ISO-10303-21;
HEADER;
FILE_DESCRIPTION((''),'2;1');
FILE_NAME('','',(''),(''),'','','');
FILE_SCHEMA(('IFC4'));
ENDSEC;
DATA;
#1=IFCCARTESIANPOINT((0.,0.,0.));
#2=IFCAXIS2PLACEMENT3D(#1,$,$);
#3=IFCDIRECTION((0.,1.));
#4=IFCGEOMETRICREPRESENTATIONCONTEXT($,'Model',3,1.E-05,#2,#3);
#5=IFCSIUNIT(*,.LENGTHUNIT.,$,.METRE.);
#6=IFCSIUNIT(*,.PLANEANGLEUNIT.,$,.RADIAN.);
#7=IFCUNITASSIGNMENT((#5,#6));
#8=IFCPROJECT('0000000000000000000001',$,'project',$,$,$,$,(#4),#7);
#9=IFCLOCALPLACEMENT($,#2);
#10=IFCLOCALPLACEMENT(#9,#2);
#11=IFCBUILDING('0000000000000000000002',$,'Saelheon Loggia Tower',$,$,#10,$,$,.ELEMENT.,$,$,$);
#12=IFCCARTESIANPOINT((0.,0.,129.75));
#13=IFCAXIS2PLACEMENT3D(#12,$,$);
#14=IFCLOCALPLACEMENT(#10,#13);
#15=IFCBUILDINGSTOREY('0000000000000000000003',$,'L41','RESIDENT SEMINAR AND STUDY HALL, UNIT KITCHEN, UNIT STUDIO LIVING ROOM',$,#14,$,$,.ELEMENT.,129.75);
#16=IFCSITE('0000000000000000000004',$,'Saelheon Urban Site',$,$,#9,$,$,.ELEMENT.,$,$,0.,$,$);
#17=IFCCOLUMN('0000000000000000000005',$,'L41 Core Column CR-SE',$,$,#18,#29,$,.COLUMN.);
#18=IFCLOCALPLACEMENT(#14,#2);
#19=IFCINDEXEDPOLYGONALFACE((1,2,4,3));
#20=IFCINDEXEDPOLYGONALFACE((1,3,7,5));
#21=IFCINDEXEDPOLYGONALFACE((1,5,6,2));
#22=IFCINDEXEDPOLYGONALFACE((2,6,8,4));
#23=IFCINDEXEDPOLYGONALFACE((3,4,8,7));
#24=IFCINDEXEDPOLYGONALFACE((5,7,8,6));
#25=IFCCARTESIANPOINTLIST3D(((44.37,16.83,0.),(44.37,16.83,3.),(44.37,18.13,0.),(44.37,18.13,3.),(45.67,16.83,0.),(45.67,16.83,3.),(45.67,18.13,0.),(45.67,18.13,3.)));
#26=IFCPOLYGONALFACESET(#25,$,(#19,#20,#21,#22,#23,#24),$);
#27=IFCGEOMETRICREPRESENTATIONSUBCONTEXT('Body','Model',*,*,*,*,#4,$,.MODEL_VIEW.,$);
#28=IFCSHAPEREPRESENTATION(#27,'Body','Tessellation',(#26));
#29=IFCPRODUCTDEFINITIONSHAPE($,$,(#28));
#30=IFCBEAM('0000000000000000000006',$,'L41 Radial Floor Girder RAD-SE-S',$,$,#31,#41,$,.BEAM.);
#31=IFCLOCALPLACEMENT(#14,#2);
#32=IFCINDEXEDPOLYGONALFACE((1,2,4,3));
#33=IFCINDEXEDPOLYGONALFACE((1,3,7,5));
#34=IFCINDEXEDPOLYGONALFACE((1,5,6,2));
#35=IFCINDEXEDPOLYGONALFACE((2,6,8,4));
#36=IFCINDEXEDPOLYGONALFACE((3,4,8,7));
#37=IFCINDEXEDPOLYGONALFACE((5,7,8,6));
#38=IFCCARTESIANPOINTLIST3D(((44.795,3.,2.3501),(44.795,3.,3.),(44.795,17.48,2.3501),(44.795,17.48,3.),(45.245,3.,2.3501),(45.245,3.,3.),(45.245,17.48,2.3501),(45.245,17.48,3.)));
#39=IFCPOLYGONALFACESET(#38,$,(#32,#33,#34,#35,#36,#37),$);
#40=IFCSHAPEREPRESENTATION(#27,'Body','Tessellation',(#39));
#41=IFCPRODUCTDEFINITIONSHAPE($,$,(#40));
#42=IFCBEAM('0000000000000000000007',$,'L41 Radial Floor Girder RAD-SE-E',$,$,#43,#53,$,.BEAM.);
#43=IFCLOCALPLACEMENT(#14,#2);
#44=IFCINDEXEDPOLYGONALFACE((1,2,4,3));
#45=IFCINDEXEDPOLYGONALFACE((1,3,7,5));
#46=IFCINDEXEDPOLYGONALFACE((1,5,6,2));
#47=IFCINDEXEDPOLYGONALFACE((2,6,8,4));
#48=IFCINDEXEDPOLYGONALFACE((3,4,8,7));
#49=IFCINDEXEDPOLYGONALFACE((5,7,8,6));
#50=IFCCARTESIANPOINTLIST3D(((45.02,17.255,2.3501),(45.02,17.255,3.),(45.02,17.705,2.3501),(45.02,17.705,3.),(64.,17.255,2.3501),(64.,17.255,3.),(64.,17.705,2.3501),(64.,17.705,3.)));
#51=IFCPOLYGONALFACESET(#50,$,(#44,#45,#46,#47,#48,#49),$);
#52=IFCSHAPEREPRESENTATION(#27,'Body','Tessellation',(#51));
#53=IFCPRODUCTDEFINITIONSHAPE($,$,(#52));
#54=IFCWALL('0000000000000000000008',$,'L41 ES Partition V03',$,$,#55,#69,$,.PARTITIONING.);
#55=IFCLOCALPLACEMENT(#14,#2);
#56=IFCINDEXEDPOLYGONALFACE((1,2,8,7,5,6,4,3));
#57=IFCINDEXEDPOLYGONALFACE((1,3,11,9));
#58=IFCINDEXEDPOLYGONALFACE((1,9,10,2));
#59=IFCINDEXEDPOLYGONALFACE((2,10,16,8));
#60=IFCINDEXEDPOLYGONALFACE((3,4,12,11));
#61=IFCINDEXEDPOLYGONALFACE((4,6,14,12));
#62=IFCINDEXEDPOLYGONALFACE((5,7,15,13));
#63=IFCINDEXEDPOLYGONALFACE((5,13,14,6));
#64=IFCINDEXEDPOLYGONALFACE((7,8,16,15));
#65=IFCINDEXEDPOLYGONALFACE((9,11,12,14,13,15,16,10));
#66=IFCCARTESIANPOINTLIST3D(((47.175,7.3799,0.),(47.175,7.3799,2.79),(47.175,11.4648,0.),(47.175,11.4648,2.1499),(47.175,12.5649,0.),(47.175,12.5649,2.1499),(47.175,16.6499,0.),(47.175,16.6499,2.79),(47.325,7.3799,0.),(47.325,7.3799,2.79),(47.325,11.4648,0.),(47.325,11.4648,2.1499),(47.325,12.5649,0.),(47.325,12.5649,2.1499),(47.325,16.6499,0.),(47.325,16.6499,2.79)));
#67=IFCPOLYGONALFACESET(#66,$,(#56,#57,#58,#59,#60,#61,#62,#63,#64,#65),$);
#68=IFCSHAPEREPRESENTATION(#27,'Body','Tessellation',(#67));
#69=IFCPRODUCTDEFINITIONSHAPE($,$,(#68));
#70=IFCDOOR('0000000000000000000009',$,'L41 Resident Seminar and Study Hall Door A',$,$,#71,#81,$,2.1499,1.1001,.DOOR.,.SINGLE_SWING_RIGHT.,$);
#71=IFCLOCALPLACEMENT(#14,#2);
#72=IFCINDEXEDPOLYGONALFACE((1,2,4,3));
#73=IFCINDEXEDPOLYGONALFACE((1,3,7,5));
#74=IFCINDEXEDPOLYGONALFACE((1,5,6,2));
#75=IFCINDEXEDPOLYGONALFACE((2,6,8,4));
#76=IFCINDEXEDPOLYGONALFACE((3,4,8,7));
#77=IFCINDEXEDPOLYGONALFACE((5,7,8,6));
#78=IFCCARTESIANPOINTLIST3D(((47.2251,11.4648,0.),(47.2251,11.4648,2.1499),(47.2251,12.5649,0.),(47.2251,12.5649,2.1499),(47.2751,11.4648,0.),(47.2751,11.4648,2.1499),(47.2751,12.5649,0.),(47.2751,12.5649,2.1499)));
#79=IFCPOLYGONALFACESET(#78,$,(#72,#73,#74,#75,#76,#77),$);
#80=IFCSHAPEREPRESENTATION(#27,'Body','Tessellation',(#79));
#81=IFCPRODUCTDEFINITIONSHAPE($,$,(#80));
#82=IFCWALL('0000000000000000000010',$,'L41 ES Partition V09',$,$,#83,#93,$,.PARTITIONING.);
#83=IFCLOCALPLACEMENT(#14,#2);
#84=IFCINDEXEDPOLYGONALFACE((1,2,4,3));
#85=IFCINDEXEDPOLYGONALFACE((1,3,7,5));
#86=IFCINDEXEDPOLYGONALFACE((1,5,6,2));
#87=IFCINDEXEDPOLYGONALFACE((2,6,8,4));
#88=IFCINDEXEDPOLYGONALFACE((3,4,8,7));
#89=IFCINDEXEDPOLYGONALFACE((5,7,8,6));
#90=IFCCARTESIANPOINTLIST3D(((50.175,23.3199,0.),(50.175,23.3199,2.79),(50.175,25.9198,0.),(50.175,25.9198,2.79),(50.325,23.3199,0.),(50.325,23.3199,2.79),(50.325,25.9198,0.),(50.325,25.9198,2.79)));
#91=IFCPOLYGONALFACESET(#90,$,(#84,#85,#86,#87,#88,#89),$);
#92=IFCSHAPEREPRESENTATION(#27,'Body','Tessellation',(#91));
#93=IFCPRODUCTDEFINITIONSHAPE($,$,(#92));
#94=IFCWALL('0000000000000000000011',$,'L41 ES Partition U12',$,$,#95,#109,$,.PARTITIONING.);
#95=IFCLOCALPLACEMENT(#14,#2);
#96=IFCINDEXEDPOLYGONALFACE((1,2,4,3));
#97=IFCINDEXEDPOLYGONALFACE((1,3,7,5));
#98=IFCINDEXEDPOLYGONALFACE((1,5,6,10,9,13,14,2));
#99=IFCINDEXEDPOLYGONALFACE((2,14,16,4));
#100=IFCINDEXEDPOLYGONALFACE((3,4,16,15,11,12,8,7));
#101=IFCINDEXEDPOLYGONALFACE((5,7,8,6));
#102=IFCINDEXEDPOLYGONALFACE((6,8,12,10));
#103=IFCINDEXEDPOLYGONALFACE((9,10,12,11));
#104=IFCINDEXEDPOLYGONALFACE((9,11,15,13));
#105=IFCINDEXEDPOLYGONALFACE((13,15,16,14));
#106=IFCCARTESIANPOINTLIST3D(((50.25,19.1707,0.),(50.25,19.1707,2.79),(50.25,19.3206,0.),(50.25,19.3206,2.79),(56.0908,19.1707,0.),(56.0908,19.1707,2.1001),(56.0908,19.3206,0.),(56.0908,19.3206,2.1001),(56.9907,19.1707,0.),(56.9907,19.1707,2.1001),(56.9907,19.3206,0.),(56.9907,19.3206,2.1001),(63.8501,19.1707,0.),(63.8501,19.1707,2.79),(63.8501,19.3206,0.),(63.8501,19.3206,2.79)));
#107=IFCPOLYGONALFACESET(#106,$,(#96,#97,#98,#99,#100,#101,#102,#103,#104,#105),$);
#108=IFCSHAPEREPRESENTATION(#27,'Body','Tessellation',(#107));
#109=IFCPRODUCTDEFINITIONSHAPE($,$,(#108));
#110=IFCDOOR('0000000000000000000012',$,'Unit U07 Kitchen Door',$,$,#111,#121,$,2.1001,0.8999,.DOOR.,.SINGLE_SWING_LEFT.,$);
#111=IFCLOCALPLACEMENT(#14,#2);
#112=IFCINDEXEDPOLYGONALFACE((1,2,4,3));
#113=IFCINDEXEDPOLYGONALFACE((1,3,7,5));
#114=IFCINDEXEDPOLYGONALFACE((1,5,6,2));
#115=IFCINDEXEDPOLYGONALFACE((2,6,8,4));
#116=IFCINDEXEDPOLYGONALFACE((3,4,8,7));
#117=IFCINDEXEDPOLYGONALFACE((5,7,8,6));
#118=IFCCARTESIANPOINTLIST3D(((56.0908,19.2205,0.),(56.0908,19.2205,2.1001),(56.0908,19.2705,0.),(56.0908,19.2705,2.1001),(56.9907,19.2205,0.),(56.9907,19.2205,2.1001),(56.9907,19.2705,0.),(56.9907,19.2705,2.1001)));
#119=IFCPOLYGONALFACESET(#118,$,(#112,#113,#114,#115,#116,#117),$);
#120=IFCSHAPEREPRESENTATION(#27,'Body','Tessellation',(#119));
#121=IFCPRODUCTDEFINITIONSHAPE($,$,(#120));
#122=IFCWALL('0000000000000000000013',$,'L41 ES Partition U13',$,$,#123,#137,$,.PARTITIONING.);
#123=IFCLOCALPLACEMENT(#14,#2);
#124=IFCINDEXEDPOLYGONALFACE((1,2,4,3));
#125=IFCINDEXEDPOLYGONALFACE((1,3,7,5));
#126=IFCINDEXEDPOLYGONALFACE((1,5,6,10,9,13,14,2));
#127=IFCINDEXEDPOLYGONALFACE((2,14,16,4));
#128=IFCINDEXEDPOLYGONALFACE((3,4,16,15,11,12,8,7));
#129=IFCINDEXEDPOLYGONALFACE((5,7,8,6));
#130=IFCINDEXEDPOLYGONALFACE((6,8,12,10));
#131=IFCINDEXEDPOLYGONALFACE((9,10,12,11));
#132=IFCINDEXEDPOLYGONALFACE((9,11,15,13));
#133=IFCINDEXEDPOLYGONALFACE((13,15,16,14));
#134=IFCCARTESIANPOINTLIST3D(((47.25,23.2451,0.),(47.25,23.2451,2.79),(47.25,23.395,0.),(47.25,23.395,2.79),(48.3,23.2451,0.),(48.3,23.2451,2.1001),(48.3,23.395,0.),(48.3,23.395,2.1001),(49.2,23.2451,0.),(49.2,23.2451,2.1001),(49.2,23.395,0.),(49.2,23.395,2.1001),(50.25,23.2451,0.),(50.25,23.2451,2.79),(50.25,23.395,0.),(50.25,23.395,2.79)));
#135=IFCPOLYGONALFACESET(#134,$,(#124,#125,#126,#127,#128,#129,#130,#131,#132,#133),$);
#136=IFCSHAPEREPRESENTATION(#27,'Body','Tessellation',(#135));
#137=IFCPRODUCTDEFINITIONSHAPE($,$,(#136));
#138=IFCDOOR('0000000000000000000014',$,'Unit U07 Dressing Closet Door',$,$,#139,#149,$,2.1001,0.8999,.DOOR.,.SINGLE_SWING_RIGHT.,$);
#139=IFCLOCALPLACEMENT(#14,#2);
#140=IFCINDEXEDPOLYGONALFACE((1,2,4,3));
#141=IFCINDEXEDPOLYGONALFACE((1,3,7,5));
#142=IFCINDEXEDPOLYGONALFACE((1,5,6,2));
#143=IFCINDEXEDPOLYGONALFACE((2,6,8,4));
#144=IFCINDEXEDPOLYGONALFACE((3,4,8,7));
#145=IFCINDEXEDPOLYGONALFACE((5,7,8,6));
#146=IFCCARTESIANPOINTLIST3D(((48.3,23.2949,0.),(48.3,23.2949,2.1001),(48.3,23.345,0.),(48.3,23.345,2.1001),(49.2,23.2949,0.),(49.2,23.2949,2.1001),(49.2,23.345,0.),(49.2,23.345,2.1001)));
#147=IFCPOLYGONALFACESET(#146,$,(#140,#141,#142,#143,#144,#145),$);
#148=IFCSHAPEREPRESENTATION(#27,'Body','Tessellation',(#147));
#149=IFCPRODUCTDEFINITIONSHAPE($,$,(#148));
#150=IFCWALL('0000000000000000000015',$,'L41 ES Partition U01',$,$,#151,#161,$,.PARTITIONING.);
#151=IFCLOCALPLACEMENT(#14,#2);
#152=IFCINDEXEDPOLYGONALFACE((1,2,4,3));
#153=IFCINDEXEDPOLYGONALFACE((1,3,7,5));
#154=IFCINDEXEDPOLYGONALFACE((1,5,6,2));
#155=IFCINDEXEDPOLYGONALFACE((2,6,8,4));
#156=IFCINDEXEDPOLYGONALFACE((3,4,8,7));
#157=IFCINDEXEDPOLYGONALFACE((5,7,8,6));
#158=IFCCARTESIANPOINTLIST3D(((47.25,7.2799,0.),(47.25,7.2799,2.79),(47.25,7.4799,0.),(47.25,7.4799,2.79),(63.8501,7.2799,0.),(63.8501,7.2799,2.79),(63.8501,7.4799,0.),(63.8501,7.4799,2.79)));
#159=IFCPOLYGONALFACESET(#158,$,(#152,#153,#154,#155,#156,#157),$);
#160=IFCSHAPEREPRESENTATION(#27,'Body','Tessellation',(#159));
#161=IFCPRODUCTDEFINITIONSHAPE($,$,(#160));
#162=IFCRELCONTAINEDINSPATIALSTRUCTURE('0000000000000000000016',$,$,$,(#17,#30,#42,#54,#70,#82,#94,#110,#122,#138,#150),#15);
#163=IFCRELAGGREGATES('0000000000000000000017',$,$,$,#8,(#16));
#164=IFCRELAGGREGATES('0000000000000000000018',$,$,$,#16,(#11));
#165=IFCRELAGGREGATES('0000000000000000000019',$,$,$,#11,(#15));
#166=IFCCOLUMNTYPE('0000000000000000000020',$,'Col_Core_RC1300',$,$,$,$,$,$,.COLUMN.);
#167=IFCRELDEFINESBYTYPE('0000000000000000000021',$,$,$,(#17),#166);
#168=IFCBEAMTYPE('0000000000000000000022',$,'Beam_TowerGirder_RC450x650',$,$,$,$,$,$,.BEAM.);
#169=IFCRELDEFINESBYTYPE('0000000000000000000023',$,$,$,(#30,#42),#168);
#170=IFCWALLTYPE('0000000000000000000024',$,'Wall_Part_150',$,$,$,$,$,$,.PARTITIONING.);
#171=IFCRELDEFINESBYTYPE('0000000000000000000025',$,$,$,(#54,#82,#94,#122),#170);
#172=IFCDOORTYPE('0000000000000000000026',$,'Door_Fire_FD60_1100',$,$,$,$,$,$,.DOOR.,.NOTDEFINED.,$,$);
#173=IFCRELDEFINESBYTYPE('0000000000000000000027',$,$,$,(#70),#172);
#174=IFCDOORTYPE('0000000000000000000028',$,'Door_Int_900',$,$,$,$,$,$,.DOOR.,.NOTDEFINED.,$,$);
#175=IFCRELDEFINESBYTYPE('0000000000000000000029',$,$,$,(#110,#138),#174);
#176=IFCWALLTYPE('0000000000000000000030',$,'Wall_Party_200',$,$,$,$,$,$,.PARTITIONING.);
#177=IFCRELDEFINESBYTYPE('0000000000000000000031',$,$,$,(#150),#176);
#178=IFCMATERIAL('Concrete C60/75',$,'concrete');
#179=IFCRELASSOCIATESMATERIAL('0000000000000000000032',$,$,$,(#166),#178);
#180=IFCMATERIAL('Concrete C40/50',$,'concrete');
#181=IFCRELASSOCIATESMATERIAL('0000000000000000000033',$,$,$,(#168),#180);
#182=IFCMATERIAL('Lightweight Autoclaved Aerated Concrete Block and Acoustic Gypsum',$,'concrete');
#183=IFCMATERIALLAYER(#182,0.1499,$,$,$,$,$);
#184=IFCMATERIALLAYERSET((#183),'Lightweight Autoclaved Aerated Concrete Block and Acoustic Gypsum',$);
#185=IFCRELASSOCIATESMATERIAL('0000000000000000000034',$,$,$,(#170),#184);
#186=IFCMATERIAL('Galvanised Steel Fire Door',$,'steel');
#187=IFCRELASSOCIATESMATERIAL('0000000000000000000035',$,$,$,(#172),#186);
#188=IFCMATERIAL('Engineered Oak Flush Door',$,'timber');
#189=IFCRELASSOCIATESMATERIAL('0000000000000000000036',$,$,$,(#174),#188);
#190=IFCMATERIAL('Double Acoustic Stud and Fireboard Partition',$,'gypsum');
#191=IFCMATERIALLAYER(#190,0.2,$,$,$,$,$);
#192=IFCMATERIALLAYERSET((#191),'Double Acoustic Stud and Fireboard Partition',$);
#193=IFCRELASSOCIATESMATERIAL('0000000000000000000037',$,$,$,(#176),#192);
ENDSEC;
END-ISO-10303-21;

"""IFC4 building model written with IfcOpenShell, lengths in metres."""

from ifc_helpers import new_model, si_unit, direction, frame, frame_2d, origin, origin_2d, place, context, subcontext, project, spatial, rectangle, extrude, source, transform, mapped, material, layer, layer_set, material_profile, profile_set, type_object, element, fill, save


model = new_model("IFC4")

# Units and contexts
model_context = context("Model", 3, precision=1e-05, world=origin(), true_north=direction((0.0, 1.0)))
body_context = subcontext(model_context, "Body", "Model", "MODEL_VIEW")
ifc_project = project(units=[si_unit("LENGTHUNIT", "METRE"), si_unit("PLANEANGLEUNIT", "RADIAN")], contexts=[model_context])

# Site, building, storey
site_placement = place(None, origin())
site = spatial("IfcSite", under=ifc_project, at=site_placement, Name="Saelheon Urban Site", CompositionType="ELEMENT", RefElevation=0.0)
building_placement = place(site_placement, origin())
building = spatial("IfcBuilding", under=site, at=building_placement, Name="Saelheon Loggia Tower", CompositionType="ELEMENT")
storey_placement = place(building_placement, frame((0.0, 0.0, 129.75)))
storey = spatial("IfcBuildingStorey", under=building, at=storey_placement, Name="L41", Description="RESIDENT SEMINAR AND STUDY HALL, UNIT KITCHEN, UNIT STUDIO LIVING ROOM", CompositionType="ELEMENT", Elevation=129.75)

# Column
ifc_material_1 = material(Name="Concrete C60/75", Category="concrete")
ifc_material_profile_1 = material_profile(ifc_material_1, rectangle(XDim=1.3, YDim=1.3, at=origin_2d()), Name="RC-1300x1300")
ifc_profile_set_1 = profile_set([ifc_material_profile_1], Name="Concrete C60/75")
column_type = type_object("IfcColumnType", Name="Col_Core_RC1300", PredefinedType="COLUMN", material=ifc_profile_set_1)
shared_shape_1 = source(origin(), body_context, "Body", "SweptSolid", [
    extrude(rectangle(XDim=1.3, YDim=1.3, at=origin_2d()), origin(), (0.0, 0.0, 1.0), 3.0),
])
column_placement = place(storey_placement, frame((45.02, 17.48, 0.0), z_axis=(0.0, 0.0, 1.0), x_axis=(1.0, 0.0, 0.0)))
element("IfcColumn", 1, at=column_placement, inside=storey, type_object=column_type, Name="L41 Core Column CR-SE", PredefinedType="COLUMN", context=body_context, shape_type="MappedRepresentation", body=[
    mapped(shared_shape_1, transform((0.0, 0.0, 0.0), scale=1.0)),
])

# Beams
ifc_material_2 = material(Name="Concrete C40/50", Category="concrete")
ifc_material_profile_2 = material_profile(ifc_material_2, rectangle(XDim=0.45, YDim=0.6499, at=origin_2d()), Name="RC-450x650")
ifc_profile_set_2 = profile_set([ifc_material_profile_2], Name="Concrete C40/50")
beam_type = type_object("IfcBeamType", Name="Beam_TowerGirder_RC450x650", PredefinedType="BEAM", material=ifc_profile_set_2)
shared_shape_2 = source(origin(), body_context, "Body", "SweptSolid", [
    extrude(rectangle(XDim=0.45, YDim=0.6499, at=origin_2d()), origin(), (0.0, 0.0, 1.0), 14.48),
])
beam_1_placement = place(storey_placement, frame((45.02, 17.48, 2.675), z_axis=(0.0, -1.0, 0.0), x_axis=(1.0, 0.0, 0.0)))
element("IfcBeam", 2, at=beam_1_placement, inside=storey, type_object=beam_type, Name="L41 Radial Floor Girder RAD-SE-S", PredefinedType="BEAM", context=body_context, shape_type="MappedRepresentation", body=[
    mapped(shared_shape_2, transform((0.0, 0.0, 0.0), scale=1.0)),
])
shared_shape_3 = source(origin(), body_context, "Body", "SweptSolid", [
    extrude(rectangle(XDim=0.45, YDim=0.6499, at=origin_2d()), origin(), (0.0, 0.0, 1.0), 18.98),
])
beam_2_placement = place(storey_placement, frame((45.02, 17.48, 2.675), z_axis=(1.0, 0.0, 0.0), x_axis=(0.0, 1.0, 0.0)))
element("IfcBeam", 3, at=beam_2_placement, inside=storey, type_object=beam_type, Name="L41 Radial Floor Girder RAD-SE-E", PredefinedType="BEAM", context=body_context, shape_type="MappedRepresentation", body=[
    mapped(shared_shape_3, transform((0.0, 0.0, 0.0), scale=1.0)),
])

# Wall, opening, door
ifc_material_3 = material(Name="Lightweight Autoclaved Aerated Concrete Block and Acoustic Gypsum", Category="concrete")
ifc_layer_1 = layer(ifc_material_3, 0.1499)
ifc_layer_set_1 = layer_set([ifc_layer_1], Name="Lightweight Autoclaved Aerated Concrete Block and Acoustic Gypsum")
wall_type_1 = type_object("IfcWallType", Name="Wall_Part_150", PredefinedType="PARTITIONING", material=ifc_layer_set_1)
wall_1_placement = place(storey_placement, frame((47.25, 7.3799, 0.0), z_axis=(0.0, 0.0, 1.0), x_axis=(0.0, 1.0, 0.0)))
wall_1 = element("IfcWall", 4, at=wall_1_placement, inside=storey, type_object=wall_type_1, Name="L41 ES Partition V03", PredefinedType="PARTITIONING", context=body_context, shape_type="SweptSolid", body=[
    extrude(rectangle(XDim=9.27, YDim=0.1499, at=frame_2d((4.635, 0.0))), origin(), (0.0, 0.0, 1.0), 2.79),
])
opening_1_placement = place(wall_1_placement, frame((4.085, 0.0, 0.0)))
opening_1 = element("IfcOpeningElement", 5, at=opening_1_placement, cuts=wall_1, PredefinedType="OPENING", context=body_context, shape_type="SweptSolid", body=[
    extrude(rectangle(XDim=1.1001, YDim=2.1499, at=frame_2d((0.55, 1.075))), frame((0.0, 0.0869, 0.0), z_axis=(0.0, -1.0, 0.0), x_axis=(1.0, 0.0, 0.0)), (0.0, 0.0, 1.0), 0.1738),
])
ifc_material_4 = material(Name="Galvanised Steel Fire Door", Category="steel")
door_type_1 = type_object("IfcDoorType", Name="Door_Fire_FD60_1100", OperationType="NOTDEFINED", PredefinedType="DOOR", material=ifc_material_4)
shared_shape_4 = source(origin(), body_context, "Body", "SweptSolid", [
    extrude(rectangle(XDim=1.1001, YDim=2.1499, at=frame_2d((0.55, 1.075))), frame((0.0, 0.0249, 0.0), z_axis=(0.0, -1.0, 0.0), x_axis=(1.0, 0.0, 0.0)), (0.0, 0.0, 1.0), 0.05),
])
door_1_placement = place(opening_1_placement, origin())
door_1 = element("IfcDoor", 6, at=door_1_placement, inside=storey, type_object=door_type_1, Name="L41 Resident Seminar and Study Hall Door A", OperationType="SINGLE_SWING_RIGHT", OverallHeight=2.1499, OverallWidth=1.1001, PredefinedType="DOOR", context=body_context, shape_type="MappedRepresentation", body=[
    mapped(shared_shape_4, transform((0.0, 0.0, 0.0), scale=1.0)),
])
fill(opening_1, door_1)

# Wall
wall_2_placement = place(storey_placement, frame((50.25, 23.3201, 0.0), z_axis=(0.0, 0.0, 1.0), x_axis=(0.0, 1.0, 0.0)))
element("IfcWall", 7, at=wall_2_placement, inside=storey, type_object=wall_type_1, Name="L41 ES Partition V09", PredefinedType="PARTITIONING", context=body_context, shape_type="SweptSolid", body=[
    extrude(rectangle(XDim=2.5999, YDim=0.1499, at=frame_2d((1.2998, 0.0))), origin(), (0.0, 0.0, 1.0), 2.79),
])

# Walls, openings, doors
wall_3_placement = place(storey_placement, frame((50.25, 19.2456, 0.0), z_axis=(0.0, 0.0, 1.0), x_axis=(1.0, 0.0, 0.0)))
wall_3 = element("IfcWall", 8, at=wall_3_placement, inside=storey, type_object=wall_type_1, Name="L41 ES Partition U12", PredefinedType="PARTITIONING", context=body_context, shape_type="SweptSolid", body=[
    extrude(rectangle(XDim=13.6001, YDim=0.1499, at=frame_2d((6.8, 0.0))), origin(), (0.0, 0.0, 1.0), 2.79),
])
opening_2_placement = place(wall_3_placement, frame((5.8408, 0.0, 0.0)))
opening_2 = element("IfcOpeningElement", 9, at=opening_2_placement, cuts=wall_3, PredefinedType="OPENING", context=body_context, shape_type="SweptSolid", body=[
    extrude(rectangle(XDim=0.8999, YDim=2.1001, at=frame_2d((0.45, 1.05))), frame((0.0, 0.0869, 0.0), z_axis=(0.0, -1.0, 0.0), x_axis=(1.0, 0.0, 0.0)), (0.0, 0.0, 1.0), 0.1738),
])
ifc_material_5 = material(Name="Engineered Oak Flush Door", Category="timber")
door_type_2 = type_object("IfcDoorType", Name="Door_Int_900", OperationType="NOTDEFINED", PredefinedType="DOOR", material=ifc_material_5)
shared_shape_5 = source(origin(), body_context, "Body", "SweptSolid", [
    extrude(rectangle(XDim=0.8999, YDim=2.1001, at=frame_2d((0.45, 1.05))), frame((0.0, 0.0249, 0.0), z_axis=(0.0, -1.0, 0.0), x_axis=(1.0, 0.0, 0.0)), (0.0, 0.0, 1.0), 0.05),
])
door_2_placement = place(opening_2_placement, origin())
door_2 = element("IfcDoor", 10, at=door_2_placement, inside=storey, type_object=door_type_2, Name="Unit U07 Kitchen Door", OperationType="SINGLE_SWING_LEFT", OverallHeight=2.1001, OverallWidth=0.8999, PredefinedType="DOOR", context=body_context, shape_type="MappedRepresentation", body=[
    mapped(shared_shape_5, transform((0.0, 0.0, 0.0), scale=1.0)),
])
fill(opening_2, door_2)
wall_4_placement = place(storey_placement, frame((47.25, 23.3201, 0.0), z_axis=(0.0, 0.0, 1.0), x_axis=(1.0, 0.0, 0.0)))
wall_4 = element("IfcWall", 11, at=wall_4_placement, inside=storey, type_object=wall_type_1, Name="L41 ES Partition U13", PredefinedType="PARTITIONING", context=body_context, shape_type="SweptSolid", body=[
    extrude(rectangle(XDim=3.0, YDim=0.1499, at=frame_2d((1.5, 0.0))), origin(), (0.0, 0.0, 1.0), 2.79),
])
opening_3_placement = place(wall_4_placement, frame((1.05, 0.0, 0.0)))
opening_3 = element("IfcOpeningElement", 12, at=opening_3_placement, cuts=wall_4, PredefinedType="OPENING", context=body_context, shape_type="SweptSolid", body=[
    extrude(rectangle(XDim=0.8999, YDim=2.1001, at=frame_2d((0.45, 1.05))), frame((0.0, 0.0869, 0.0), z_axis=(0.0, -1.0, 0.0), x_axis=(1.0, 0.0, 0.0)), (0.0, 0.0, 1.0), 0.1738),
])
door_3_placement = place(opening_3_placement, origin())
door_3 = element("IfcDoor", 13, at=door_3_placement, inside=storey, type_object=door_type_2, Name="Unit U07 Dressing Closet Door", OperationType="SINGLE_SWING_RIGHT", OverallHeight=2.1001, OverallWidth=0.8999, PredefinedType="DOOR", context=body_context, shape_type="MappedRepresentation", body=[
    mapped(shared_shape_5, transform((0.0, 0.0, 0.0), scale=1.0)),
])
fill(opening_3, door_3)

# Wall
ifc_material_6 = material(Name="Double Acoustic Stud and Fireboard Partition", Category="gypsum")
ifc_layer_2 = layer(ifc_material_6, 0.2)
ifc_layer_set_2 = layer_set([ifc_layer_2], Name="Double Acoustic Stud and Fireboard Partition")
wall_type_2 = type_object("IfcWallType", Name="Wall_Party_200", PredefinedType="PARTITIONING", material=ifc_layer_set_2)
for number, where, z_axis, x_axis, name in (
    (14, (47.25, 7.3799, 0.0), (0.0, 0.0, 1.0), (1.0, 0.0, 0.0), "L41 ES Partition U01"),
):
    element("IfcWall", number, at=place(storey_placement, frame(where, z_axis=z_axis, x_axis=x_axis)), inside=storey, type_object=wall_type_2, Name=name, PredefinedType="PARTITIONING", context=body_context, shape_type="SweptSolid", body=[
        extrude(rectangle(XDim=16.6001, YDim=0.2, at=frame_2d((8.3, 0.0))), origin(), (0.0, 0.0, 1.0), 2.79),
    ])

save(model, "model.ifc")
